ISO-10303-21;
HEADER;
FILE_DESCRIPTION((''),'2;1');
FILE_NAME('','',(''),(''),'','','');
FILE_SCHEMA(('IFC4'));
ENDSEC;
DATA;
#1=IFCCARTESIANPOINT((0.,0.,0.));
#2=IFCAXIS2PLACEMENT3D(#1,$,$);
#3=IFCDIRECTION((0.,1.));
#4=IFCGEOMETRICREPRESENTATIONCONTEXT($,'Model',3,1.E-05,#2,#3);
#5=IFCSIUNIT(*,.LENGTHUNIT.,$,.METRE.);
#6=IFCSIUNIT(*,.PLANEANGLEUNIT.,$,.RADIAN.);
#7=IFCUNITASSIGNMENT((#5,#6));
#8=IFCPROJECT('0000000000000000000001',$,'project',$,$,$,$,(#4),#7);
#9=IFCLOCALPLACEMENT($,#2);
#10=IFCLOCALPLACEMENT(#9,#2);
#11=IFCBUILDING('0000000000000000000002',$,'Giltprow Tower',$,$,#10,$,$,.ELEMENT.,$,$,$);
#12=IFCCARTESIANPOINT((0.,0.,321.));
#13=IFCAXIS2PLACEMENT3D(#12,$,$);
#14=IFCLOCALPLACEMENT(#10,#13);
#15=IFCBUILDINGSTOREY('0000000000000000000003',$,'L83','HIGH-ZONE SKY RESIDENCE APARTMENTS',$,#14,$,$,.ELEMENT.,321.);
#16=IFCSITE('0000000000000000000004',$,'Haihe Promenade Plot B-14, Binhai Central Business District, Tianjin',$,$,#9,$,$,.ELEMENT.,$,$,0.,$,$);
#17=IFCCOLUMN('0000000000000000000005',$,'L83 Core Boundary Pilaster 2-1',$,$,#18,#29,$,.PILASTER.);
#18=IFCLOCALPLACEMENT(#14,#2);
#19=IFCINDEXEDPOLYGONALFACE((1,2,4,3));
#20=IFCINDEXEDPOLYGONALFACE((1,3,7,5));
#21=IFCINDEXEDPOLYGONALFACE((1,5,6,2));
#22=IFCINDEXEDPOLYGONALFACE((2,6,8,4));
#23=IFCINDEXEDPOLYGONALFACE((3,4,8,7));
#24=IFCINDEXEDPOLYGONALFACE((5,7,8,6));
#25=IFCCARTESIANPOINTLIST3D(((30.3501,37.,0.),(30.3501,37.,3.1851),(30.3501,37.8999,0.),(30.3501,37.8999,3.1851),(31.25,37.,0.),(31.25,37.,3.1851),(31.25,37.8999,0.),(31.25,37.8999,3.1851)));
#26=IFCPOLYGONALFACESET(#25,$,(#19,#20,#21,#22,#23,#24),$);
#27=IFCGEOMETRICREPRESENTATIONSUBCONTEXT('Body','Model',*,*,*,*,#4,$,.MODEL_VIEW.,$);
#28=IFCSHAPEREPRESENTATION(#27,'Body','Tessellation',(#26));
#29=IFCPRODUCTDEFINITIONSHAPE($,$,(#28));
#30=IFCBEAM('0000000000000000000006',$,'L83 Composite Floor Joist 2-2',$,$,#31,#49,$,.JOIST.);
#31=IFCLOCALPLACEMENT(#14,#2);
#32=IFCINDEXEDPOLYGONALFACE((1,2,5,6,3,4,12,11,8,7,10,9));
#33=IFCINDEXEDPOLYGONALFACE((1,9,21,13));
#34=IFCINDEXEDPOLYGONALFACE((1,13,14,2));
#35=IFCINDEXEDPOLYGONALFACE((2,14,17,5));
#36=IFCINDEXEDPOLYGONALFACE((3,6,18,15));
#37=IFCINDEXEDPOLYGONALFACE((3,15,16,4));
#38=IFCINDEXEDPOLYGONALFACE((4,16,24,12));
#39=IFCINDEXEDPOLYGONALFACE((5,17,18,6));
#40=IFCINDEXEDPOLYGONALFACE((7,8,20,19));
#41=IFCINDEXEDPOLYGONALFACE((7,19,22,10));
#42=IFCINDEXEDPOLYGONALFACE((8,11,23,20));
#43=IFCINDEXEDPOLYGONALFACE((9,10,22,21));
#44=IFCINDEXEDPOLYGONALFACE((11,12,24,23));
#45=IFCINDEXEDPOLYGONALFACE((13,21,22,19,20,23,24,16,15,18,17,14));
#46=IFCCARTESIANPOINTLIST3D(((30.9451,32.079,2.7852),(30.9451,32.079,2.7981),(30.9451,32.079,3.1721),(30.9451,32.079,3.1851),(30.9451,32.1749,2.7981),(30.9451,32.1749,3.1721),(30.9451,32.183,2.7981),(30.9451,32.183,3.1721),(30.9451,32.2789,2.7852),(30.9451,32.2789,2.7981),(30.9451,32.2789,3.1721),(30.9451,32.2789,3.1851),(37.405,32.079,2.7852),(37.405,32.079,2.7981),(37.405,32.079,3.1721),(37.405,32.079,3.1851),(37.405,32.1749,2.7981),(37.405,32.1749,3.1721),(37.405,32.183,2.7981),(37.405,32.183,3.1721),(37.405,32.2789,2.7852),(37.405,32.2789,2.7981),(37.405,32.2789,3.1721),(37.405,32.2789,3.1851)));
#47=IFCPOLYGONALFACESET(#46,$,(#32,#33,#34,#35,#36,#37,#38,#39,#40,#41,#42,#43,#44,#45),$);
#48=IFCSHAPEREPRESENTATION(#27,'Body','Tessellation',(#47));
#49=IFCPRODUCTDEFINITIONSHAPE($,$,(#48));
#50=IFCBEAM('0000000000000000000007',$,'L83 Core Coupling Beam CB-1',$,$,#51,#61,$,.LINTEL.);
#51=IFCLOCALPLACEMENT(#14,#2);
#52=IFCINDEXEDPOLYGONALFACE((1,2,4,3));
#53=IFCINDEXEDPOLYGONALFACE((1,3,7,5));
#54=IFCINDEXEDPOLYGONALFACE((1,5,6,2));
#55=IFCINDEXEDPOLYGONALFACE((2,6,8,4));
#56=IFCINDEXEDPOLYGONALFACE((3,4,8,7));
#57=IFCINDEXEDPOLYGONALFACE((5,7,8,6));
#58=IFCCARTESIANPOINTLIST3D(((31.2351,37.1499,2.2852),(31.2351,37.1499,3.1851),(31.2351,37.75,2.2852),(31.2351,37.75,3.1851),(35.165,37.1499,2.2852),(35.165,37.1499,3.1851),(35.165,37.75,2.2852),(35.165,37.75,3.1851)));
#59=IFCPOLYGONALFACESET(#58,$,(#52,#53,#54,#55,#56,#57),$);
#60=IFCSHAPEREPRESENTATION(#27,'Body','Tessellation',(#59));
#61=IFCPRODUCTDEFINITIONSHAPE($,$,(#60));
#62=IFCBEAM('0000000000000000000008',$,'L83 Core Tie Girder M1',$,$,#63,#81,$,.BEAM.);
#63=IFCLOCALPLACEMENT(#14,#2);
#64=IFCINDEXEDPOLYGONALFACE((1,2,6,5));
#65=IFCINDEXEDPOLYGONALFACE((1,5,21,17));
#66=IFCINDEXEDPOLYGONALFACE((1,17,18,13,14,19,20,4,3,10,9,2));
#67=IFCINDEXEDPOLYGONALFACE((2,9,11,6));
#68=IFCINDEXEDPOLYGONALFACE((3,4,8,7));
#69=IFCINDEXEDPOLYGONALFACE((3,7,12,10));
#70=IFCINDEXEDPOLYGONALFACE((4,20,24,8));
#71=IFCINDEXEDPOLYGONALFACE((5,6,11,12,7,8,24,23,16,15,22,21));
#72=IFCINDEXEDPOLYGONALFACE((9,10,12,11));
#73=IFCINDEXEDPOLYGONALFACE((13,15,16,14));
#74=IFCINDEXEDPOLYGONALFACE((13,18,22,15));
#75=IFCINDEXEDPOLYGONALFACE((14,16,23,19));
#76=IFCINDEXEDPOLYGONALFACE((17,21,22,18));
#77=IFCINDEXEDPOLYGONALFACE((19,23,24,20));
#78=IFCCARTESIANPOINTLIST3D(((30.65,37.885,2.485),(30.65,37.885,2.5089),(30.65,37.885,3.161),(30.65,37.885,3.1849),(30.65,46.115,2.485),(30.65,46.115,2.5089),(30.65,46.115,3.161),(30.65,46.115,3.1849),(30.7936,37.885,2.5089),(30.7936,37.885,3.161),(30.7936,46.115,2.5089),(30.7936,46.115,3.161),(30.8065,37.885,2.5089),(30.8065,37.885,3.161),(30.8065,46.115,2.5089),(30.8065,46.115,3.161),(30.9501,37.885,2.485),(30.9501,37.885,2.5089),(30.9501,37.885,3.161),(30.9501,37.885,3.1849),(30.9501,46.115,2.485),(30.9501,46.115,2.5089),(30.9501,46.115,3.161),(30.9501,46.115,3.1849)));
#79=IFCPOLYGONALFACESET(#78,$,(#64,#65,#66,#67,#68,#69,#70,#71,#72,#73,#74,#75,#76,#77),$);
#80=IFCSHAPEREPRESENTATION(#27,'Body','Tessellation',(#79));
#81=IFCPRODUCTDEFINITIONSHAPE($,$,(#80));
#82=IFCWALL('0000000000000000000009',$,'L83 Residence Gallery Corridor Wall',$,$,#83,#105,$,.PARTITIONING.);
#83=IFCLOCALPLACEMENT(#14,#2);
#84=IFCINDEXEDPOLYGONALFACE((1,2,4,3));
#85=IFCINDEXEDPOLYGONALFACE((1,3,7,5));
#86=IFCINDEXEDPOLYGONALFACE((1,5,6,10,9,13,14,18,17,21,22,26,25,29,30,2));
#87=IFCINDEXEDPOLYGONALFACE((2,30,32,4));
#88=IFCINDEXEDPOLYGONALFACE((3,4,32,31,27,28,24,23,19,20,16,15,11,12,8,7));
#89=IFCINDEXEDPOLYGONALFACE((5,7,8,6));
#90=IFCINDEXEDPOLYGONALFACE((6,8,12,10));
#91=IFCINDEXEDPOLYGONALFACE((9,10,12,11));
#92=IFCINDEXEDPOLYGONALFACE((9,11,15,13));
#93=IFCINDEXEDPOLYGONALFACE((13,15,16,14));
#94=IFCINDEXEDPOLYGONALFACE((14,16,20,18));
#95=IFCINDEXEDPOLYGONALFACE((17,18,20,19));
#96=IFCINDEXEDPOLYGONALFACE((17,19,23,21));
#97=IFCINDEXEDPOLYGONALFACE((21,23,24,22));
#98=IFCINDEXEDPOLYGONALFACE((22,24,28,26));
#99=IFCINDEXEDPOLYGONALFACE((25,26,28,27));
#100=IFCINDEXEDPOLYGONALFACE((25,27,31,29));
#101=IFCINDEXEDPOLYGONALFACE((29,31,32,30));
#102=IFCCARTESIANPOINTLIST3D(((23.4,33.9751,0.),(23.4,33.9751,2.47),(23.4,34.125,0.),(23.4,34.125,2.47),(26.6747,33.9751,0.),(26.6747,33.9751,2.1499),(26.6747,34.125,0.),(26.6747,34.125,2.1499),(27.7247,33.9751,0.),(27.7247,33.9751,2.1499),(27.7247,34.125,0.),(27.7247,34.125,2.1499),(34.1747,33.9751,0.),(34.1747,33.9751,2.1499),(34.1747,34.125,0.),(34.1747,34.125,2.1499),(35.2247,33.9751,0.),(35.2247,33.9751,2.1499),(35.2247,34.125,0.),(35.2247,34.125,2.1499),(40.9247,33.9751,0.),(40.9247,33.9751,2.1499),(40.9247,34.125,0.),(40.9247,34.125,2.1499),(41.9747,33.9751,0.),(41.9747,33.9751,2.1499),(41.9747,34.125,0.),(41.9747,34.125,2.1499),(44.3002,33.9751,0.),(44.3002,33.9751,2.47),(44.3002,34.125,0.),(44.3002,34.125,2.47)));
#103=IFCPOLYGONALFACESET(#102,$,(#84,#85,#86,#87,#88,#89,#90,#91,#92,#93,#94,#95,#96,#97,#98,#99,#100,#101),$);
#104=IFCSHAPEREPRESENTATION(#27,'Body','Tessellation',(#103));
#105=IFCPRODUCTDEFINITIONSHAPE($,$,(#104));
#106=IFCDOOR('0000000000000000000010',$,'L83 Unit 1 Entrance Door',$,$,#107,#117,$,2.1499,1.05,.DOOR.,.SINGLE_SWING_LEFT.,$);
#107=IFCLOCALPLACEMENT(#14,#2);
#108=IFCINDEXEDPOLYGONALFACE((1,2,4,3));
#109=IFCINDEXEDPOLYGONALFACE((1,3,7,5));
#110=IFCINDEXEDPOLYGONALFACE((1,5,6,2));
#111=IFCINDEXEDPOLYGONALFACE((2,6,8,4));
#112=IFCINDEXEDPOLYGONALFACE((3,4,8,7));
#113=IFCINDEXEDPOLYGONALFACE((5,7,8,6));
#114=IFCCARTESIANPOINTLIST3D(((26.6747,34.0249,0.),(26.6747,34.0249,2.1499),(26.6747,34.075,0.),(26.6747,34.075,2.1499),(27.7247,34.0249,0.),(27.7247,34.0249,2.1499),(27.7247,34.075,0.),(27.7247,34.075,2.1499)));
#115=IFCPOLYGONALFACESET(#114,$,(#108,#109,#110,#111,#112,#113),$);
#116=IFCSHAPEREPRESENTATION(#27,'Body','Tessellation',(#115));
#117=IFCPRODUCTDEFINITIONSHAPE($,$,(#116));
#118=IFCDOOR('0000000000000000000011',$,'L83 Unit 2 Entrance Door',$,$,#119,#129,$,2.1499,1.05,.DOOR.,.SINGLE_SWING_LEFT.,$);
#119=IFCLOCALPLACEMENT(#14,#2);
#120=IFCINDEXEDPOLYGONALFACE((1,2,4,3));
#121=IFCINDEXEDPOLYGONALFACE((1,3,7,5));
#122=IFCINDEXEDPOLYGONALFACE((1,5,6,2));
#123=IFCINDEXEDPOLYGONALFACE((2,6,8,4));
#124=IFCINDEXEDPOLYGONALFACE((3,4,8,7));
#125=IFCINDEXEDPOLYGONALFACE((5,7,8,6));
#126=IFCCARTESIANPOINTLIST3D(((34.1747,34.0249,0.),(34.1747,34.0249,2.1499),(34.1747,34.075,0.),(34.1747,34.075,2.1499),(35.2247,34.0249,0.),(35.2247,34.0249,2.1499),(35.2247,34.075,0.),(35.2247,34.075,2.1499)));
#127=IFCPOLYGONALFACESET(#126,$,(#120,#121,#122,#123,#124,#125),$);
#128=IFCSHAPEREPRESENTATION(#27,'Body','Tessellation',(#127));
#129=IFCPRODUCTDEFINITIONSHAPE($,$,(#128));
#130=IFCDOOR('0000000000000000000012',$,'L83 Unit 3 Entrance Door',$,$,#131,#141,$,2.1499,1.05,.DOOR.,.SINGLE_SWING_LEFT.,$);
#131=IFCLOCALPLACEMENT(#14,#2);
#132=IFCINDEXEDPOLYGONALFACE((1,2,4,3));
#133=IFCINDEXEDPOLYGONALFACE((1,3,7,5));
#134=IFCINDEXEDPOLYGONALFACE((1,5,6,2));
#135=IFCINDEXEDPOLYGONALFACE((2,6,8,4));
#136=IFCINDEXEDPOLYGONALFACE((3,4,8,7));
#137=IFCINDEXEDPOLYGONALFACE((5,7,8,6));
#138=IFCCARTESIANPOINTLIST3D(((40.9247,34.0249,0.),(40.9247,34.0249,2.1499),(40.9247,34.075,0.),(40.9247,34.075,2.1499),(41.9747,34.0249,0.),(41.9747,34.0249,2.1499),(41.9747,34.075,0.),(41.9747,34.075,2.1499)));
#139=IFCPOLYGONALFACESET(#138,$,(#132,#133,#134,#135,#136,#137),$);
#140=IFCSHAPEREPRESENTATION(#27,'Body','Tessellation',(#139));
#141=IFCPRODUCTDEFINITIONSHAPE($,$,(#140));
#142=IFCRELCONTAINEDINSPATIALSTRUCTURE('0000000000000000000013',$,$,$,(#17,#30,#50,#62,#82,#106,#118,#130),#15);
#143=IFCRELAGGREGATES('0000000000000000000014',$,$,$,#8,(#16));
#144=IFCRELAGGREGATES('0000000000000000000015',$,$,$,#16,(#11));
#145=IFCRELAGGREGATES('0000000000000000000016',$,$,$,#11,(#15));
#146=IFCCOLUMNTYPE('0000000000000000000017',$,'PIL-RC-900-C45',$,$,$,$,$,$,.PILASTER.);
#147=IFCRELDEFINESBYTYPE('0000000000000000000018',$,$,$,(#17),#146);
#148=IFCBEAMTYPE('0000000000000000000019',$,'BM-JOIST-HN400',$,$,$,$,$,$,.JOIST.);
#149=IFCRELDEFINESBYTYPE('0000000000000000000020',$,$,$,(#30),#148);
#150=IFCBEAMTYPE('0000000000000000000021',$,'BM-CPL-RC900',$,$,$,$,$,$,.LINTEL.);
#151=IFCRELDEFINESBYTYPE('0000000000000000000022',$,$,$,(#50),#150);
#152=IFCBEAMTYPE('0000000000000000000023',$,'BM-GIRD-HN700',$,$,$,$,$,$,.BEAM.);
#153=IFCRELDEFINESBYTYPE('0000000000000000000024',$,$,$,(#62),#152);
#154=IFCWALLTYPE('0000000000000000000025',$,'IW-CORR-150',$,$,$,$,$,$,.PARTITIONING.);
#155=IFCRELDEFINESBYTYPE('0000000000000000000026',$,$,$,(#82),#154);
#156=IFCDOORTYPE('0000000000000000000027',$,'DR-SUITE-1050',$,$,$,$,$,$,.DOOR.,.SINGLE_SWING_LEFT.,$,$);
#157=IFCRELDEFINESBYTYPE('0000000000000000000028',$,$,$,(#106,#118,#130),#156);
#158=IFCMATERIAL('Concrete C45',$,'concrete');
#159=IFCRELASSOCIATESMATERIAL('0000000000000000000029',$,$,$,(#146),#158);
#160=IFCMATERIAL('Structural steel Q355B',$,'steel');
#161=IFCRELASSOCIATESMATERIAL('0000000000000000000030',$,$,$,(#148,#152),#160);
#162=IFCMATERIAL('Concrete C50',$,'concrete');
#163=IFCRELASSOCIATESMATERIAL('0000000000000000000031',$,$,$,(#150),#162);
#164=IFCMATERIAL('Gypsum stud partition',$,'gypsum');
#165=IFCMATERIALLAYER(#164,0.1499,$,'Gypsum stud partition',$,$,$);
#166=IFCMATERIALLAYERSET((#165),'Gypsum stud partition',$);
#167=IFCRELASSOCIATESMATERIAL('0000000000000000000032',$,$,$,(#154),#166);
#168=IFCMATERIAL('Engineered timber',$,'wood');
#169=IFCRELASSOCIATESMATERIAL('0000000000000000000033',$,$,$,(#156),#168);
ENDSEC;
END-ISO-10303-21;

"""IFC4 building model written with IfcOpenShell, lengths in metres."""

from ifc_helpers import new_model, si_unit, direction, frame, frame_2d, origin, origin_2d, place, context, subcontext, project, spatial, rectangle, i_section, extrude, source, transform, mapped, material, layer, layer_set, material_profile, profile_set, type_object, element, fill, save


model = new_model("IFC4")

# Units and contexts
model_context = context("Model", 3, precision=1e-05, world=origin(), true_north=direction((0.0, 1.0)))
body_context = subcontext(model_context, "Body", "Model", "MODEL_VIEW")
ifc_project = project(units=[si_unit("LENGTHUNIT", "METRE"), si_unit("PLANEANGLEUNIT", "RADIAN")], contexts=[model_context])

# Site, building, storey
site_placement = place(None, origin())
site = spatial("IfcSite", under=ifc_project, at=site_placement, Name="Haihe Promenade Plot B-14, Binhai Central Business District, Tianjin", CompositionType="ELEMENT", RefElevation=0.0)
building_placement = place(site_placement, origin())
building = spatial("IfcBuilding", under=site, at=building_placement, Name="Giltprow Tower", CompositionType="ELEMENT")
storey_placement = place(building_placement, frame((0.0, 0.0, 321.0)))
storey = spatial("IfcBuildingStorey", under=building, at=storey_placement, Name="L83", Description="HIGH-ZONE SKY RESIDENCE APARTMENTS", CompositionType="ELEMENT", Elevation=321.0)

# Column
ifc_material_1 = material(Name="Concrete C45", Category="concrete")
ifc_material_profile_1 = material_profile(ifc_material_1, rectangle(XDim=0.8999, YDim=0.8999, at=origin_2d()), Name="RC 900x900")
ifc_profile_set_1 = profile_set([ifc_material_profile_1], Name="Concrete C45")
column_type = type_object("IfcColumnType", Name="PIL-RC-900-C45", PredefinedType="PILASTER", material=ifc_profile_set_1)
shared_shape_1 = source(origin(), body_context, "Body", "SweptSolid", [
    extrude(rectangle(XDim=0.8999, YDim=0.8999, at=origin_2d()), origin(), (0.0, 0.0, 1.0), 3.1851),
])
column_placement = place(storey_placement, frame((30.8, 37.45, 0.0), z_axis=(0.0, 0.0, 1.0), x_axis=(1.0, 0.0, 0.0)))
element("IfcColumn", 1, at=column_placement, inside=storey, type_object=column_type, Name="L83 Core Boundary Pilaster 2-1", PredefinedType="PILASTER", context=body_context, shape_type="MappedRepresentation", body=[
    mapped(shared_shape_1, transform((0.0, 0.0, 0.0), x_axis=(1.0, 0.0, 0.0), y_axis=(0.0, 1.0, 0.0), z_axis=(0.0, 0.0, 1.0), scale=1.0)),
])

# Beams
ifc_material_2 = material(Name="Structural steel Q355B", Category="steel")
ifc_material_profile_2 = material_profile(ifc_material_2, i_section(OverallWidth=0.2, OverallDepth=0.3999, WebThickness=0.0081, FlangeThickness=0.0129, at=origin_2d()), Name="HN 400x200x8x13")
ifc_profile_set_2 = profile_set([ifc_material_profile_2], Name="Structural steel Q355B")
beam_type_1 = type_object("IfcBeamType", Name="BM-JOIST-HN400", PredefinedType="JOIST", material=ifc_profile_set_2)
shared_shape_2 = source(origin(), body_context, "Body", "SweptSolid", [
    extrude(i_section(OverallWidth=0.2, OverallDepth=0.3999, WebThickness=0.0081, FlangeThickness=0.0129, at=origin_2d()), origin(), (0.0, 0.0, 1.0), 6.46),
])
beam_1_placement = place(storey_placement, frame((30.9451, 32.179, 2.9851), z_axis=(1.0, 0.0, 0.0), x_axis=(0.0, 1.0, 0.0)))
element("IfcBeam", 2, at=beam_1_placement, inside=storey, type_object=beam_type_1, Name="L83 Composite Floor Joist 2-2", PredefinedType="JOIST", context=body_context, shape_type="MappedRepresentation", body=[
    mapped(shared_shape_2, transform((0.0, 0.0, 0.0), x_axis=(1.0, 0.0, 0.0), y_axis=(0.0, 1.0, 0.0), z_axis=(0.0, 0.0, 1.0), scale=1.0)),
])
ifc_material_3 = material(Name="Concrete C50", Category="concrete")
ifc_material_profile_3 = material_profile(ifc_material_3, rectangle(XDim=0.6001, YDim=0.8999, at=origin_2d()), Name="RC 900x600")
ifc_profile_set_3 = profile_set([ifc_material_profile_3], Name="Concrete C50")
beam_type_2 = type_object("IfcBeamType", Name="BM-CPL-RC900", PredefinedType="LINTEL", material=ifc_profile_set_3)
shared_shape_3 = source(origin(), body_context, "Body", "SweptSolid", [
    extrude(rectangle(XDim=0.6001, YDim=0.8999, at=origin_2d()), origin(), (0.0, 0.0, 1.0), 3.9299),
])
beam_2_placement = place(storey_placement, frame((31.2351, 37.45, 2.7351), z_axis=(1.0, 0.0, 0.0), x_axis=(0.0, 1.0, 0.0)))
element("IfcBeam", 3, at=beam_2_placement, inside=storey, type_object=beam_type_2, Name="L83 Core Coupling Beam CB-1", PredefinedType="LINTEL", context=body_context, shape_type="MappedRepresentation", body=[
    mapped(shared_shape_3, transform((0.0, 0.0, 0.0), x_axis=(1.0, 0.0, 0.0), y_axis=(0.0, 1.0, 0.0), z_axis=(0.0, 0.0, 1.0), scale=1.0)),
])
ifc_material_profile_4 = material_profile(ifc_material_2, i_section(OverallWidth=0.3, OverallDepth=0.7, WebThickness=0.0129, FlangeThickness=0.0239, at=origin_2d()), Name="HN 700x300x13x24")
ifc_profile_set_4 = profile_set([ifc_material_profile_4], Name="Structural steel Q355B")
beam_type_3 = type_object("IfcBeamType", Name="BM-GIRD-HN700", PredefinedType="BEAM", material=ifc_profile_set_4)
shared_shape_4 = source(origin(), body_context, "Body", "SweptSolid", [
    extrude(i_section(OverallWidth=0.3, OverallDepth=0.7, WebThickness=0.0129, FlangeThickness=0.0239, at=origin_2d()), origin(), (0.0, 0.0, 1.0), 8.23),
])
beam_3_placement = place(storey_placement, frame((30.8, 37.885, 2.835), z_axis=(0.0, 1.0, 0.0), x_axis=(-1.0, 0.0, 0.0)))
element("IfcBeam", 4, at=beam_3_placement, inside=storey, type_object=beam_type_3, Name="L83 Core Tie Girder M1", PredefinedType="BEAM", context=body_context, shape_type="MappedRepresentation", body=[
    mapped(shared_shape_4, transform((0.0, 0.0, 0.0), x_axis=(1.0, 0.0, 0.0), y_axis=(0.0, 1.0, 0.0), z_axis=(0.0, 0.0, 1.0), scale=1.0)),
])

# Wall, openings, doors
ifc_material_4 = material(Name="Gypsum stud partition", Category="gypsum")
ifc_layer_1 = layer(ifc_material_4, 0.1499, Name="Gypsum stud partition")
ifc_layer_set_1 = layer_set([ifc_layer_1], Name="Gypsum stud partition")
wall_type_1 = type_object("IfcWallType", Name="IW-CORR-150", PredefinedType="PARTITIONING", material=ifc_layer_set_1)
wall_1_placement = place(storey_placement, frame((23.3999, 34.05, 0.0), z_axis=(0.0, 0.0, 1.0), x_axis=(1.0, 0.0, 0.0)))
wall_1 = element("IfcWall", 5, at=wall_1_placement, inside=storey, type_object=wall_type_1, Name="L83 Residence Gallery Corridor Wall", PredefinedType="PARTITIONING", context=body_context, shape_type="SweptSolid", body=[
    extrude(rectangle(XDim=20.9001, YDim=0.1499, at=frame_2d((10.4502, 0.0))), origin(), (0.0, 0.0, 1.0), 2.47),
])
opening_1_placement = place(wall_1_placement, frame((3.2749, 0.0, 0.0)))
opening_1 = element("IfcOpeningElement", 6, at=opening_1_placement, cuts=wall_1, PredefinedType="OPENING", context=body_context, shape_type="SweptSolid", body=[
    extrude(rectangle(XDim=1.05, YDim=2.1499, at=frame_2d((0.5249, 1.075))), frame((0.0, 0.085, 0.0), z_axis=(0.0, -1.0, 0.0), x_axis=(1.0, 0.0, 0.0)), (0.0, 0.0, 1.0), 0.1699),
])
opening_2_placement = place(wall_1_placement, frame((10.7749, 0.0, 0.0)))
opening_2 = element("IfcOpeningElement", 7, at=opening_2_placement, cuts=wall_1, PredefinedType="OPENING", context=body_context, shape_type="SweptSolid", body=[
    extrude(rectangle(XDim=1.05, YDim=2.1499, at=frame_2d((0.5249, 1.075))), frame((0.0, 0.085, 0.0), z_axis=(0.0, -1.0, 0.0), x_axis=(1.0, 0.0, 0.0)), (0.0, 0.0, 1.0), 0.1699),
])
opening_3_placement = place(wall_1_placement, frame((17.5249, 0.0, 0.0)))
opening_3 = element("IfcOpeningElement", 8, at=opening_3_placement, cuts=wall_1, PredefinedType="OPENING", context=body_context, shape_type="SweptSolid", body=[
    extrude(rectangle(XDim=1.05, YDim=2.1499, at=frame_2d((0.5249, 1.075))), frame((0.0, 0.085, 0.0), z_axis=(0.0, -1.0, 0.0), x_axis=(1.0, 0.0, 0.0)), (0.0, 0.0, 1.0), 0.1699),
])
ifc_material_5 = material(Name="Engineered timber", Category="wood")
door_type_1 = type_object("IfcDoorType", Name="DR-SUITE-1050", OperationType="SINGLE_SWING_LEFT", PredefinedType="DOOR", material=ifc_material_5)
shared_shape_5 = source(origin(), body_context, "Body", "SweptSolid", [
    extrude(rectangle(XDim=1.05, YDim=2.1499, at=frame_2d((0.5249, 1.075))), frame((0.0, 0.0249, 0.0), z_axis=(0.0, -1.0, 0.0), x_axis=(1.0, 0.0, 0.0)), (0.0, 0.0, 1.0), 0.05),
])
door_1_placement = place(opening_1_placement, origin())
door_1 = element("IfcDoor", 9, at=door_1_placement, inside=storey, type_object=door_type_1, Name="L83 Unit 1 Entrance Door", OperationType="SINGLE_SWING_LEFT", OverallHeight=2.1499, OverallWidth=1.05, PredefinedType="DOOR", context=body_context, shape_type="MappedRepresentation", body=[
    mapped(shared_shape_5, transform((0.0, 0.0, 0.0), x_axis=(1.0, 0.0, 0.0), y_axis=(0.0, 1.0, 0.0), z_axis=(0.0, 0.0, 1.0), scale=1.0)),
])
fill(opening_1, door_1)
door_2_placement = place(opening_2_placement, origin())
door_2 = element("IfcDoor", 10, at=door_2_placement, inside=storey, type_object=door_type_1, Name="L83 Unit 2 Entrance Door", OperationType="SINGLE_SWING_LEFT", OverallHeight=2.1499, OverallWidth=1.05, PredefinedType="DOOR", context=body_context, shape_type="MappedRepresentation", body=[
    mapped(shared_shape_5, transform((0.0, 0.0, 0.0), x_axis=(1.0, 0.0, 0.0), y_axis=(0.0, 1.0, 0.0), z_axis=(0.0, 0.0, 1.0), scale=1.0)),
])
fill(opening_2, door_2)
door_3_placement = place(opening_3_placement, origin())
door_3 = element("IfcDoor", 11, at=door_3_placement, inside=storey, type_object=door_type_1, Name="L83 Unit 3 Entrance Door", OperationType="SINGLE_SWING_LEFT", OverallHeight=2.1499, OverallWidth=1.05, PredefinedType="DOOR", context=body_context, shape_type="MappedRepresentation", body=[
    mapped(shared_shape_5, transform((0.0, 0.0, 0.0), x_axis=(1.0, 0.0, 0.0), y_axis=(0.0, 1.0, 0.0), z_axis=(0.0, 0.0, 1.0), scale=1.0)),
])
fill(opening_3, door_3)

save(model, "model.ifc")
